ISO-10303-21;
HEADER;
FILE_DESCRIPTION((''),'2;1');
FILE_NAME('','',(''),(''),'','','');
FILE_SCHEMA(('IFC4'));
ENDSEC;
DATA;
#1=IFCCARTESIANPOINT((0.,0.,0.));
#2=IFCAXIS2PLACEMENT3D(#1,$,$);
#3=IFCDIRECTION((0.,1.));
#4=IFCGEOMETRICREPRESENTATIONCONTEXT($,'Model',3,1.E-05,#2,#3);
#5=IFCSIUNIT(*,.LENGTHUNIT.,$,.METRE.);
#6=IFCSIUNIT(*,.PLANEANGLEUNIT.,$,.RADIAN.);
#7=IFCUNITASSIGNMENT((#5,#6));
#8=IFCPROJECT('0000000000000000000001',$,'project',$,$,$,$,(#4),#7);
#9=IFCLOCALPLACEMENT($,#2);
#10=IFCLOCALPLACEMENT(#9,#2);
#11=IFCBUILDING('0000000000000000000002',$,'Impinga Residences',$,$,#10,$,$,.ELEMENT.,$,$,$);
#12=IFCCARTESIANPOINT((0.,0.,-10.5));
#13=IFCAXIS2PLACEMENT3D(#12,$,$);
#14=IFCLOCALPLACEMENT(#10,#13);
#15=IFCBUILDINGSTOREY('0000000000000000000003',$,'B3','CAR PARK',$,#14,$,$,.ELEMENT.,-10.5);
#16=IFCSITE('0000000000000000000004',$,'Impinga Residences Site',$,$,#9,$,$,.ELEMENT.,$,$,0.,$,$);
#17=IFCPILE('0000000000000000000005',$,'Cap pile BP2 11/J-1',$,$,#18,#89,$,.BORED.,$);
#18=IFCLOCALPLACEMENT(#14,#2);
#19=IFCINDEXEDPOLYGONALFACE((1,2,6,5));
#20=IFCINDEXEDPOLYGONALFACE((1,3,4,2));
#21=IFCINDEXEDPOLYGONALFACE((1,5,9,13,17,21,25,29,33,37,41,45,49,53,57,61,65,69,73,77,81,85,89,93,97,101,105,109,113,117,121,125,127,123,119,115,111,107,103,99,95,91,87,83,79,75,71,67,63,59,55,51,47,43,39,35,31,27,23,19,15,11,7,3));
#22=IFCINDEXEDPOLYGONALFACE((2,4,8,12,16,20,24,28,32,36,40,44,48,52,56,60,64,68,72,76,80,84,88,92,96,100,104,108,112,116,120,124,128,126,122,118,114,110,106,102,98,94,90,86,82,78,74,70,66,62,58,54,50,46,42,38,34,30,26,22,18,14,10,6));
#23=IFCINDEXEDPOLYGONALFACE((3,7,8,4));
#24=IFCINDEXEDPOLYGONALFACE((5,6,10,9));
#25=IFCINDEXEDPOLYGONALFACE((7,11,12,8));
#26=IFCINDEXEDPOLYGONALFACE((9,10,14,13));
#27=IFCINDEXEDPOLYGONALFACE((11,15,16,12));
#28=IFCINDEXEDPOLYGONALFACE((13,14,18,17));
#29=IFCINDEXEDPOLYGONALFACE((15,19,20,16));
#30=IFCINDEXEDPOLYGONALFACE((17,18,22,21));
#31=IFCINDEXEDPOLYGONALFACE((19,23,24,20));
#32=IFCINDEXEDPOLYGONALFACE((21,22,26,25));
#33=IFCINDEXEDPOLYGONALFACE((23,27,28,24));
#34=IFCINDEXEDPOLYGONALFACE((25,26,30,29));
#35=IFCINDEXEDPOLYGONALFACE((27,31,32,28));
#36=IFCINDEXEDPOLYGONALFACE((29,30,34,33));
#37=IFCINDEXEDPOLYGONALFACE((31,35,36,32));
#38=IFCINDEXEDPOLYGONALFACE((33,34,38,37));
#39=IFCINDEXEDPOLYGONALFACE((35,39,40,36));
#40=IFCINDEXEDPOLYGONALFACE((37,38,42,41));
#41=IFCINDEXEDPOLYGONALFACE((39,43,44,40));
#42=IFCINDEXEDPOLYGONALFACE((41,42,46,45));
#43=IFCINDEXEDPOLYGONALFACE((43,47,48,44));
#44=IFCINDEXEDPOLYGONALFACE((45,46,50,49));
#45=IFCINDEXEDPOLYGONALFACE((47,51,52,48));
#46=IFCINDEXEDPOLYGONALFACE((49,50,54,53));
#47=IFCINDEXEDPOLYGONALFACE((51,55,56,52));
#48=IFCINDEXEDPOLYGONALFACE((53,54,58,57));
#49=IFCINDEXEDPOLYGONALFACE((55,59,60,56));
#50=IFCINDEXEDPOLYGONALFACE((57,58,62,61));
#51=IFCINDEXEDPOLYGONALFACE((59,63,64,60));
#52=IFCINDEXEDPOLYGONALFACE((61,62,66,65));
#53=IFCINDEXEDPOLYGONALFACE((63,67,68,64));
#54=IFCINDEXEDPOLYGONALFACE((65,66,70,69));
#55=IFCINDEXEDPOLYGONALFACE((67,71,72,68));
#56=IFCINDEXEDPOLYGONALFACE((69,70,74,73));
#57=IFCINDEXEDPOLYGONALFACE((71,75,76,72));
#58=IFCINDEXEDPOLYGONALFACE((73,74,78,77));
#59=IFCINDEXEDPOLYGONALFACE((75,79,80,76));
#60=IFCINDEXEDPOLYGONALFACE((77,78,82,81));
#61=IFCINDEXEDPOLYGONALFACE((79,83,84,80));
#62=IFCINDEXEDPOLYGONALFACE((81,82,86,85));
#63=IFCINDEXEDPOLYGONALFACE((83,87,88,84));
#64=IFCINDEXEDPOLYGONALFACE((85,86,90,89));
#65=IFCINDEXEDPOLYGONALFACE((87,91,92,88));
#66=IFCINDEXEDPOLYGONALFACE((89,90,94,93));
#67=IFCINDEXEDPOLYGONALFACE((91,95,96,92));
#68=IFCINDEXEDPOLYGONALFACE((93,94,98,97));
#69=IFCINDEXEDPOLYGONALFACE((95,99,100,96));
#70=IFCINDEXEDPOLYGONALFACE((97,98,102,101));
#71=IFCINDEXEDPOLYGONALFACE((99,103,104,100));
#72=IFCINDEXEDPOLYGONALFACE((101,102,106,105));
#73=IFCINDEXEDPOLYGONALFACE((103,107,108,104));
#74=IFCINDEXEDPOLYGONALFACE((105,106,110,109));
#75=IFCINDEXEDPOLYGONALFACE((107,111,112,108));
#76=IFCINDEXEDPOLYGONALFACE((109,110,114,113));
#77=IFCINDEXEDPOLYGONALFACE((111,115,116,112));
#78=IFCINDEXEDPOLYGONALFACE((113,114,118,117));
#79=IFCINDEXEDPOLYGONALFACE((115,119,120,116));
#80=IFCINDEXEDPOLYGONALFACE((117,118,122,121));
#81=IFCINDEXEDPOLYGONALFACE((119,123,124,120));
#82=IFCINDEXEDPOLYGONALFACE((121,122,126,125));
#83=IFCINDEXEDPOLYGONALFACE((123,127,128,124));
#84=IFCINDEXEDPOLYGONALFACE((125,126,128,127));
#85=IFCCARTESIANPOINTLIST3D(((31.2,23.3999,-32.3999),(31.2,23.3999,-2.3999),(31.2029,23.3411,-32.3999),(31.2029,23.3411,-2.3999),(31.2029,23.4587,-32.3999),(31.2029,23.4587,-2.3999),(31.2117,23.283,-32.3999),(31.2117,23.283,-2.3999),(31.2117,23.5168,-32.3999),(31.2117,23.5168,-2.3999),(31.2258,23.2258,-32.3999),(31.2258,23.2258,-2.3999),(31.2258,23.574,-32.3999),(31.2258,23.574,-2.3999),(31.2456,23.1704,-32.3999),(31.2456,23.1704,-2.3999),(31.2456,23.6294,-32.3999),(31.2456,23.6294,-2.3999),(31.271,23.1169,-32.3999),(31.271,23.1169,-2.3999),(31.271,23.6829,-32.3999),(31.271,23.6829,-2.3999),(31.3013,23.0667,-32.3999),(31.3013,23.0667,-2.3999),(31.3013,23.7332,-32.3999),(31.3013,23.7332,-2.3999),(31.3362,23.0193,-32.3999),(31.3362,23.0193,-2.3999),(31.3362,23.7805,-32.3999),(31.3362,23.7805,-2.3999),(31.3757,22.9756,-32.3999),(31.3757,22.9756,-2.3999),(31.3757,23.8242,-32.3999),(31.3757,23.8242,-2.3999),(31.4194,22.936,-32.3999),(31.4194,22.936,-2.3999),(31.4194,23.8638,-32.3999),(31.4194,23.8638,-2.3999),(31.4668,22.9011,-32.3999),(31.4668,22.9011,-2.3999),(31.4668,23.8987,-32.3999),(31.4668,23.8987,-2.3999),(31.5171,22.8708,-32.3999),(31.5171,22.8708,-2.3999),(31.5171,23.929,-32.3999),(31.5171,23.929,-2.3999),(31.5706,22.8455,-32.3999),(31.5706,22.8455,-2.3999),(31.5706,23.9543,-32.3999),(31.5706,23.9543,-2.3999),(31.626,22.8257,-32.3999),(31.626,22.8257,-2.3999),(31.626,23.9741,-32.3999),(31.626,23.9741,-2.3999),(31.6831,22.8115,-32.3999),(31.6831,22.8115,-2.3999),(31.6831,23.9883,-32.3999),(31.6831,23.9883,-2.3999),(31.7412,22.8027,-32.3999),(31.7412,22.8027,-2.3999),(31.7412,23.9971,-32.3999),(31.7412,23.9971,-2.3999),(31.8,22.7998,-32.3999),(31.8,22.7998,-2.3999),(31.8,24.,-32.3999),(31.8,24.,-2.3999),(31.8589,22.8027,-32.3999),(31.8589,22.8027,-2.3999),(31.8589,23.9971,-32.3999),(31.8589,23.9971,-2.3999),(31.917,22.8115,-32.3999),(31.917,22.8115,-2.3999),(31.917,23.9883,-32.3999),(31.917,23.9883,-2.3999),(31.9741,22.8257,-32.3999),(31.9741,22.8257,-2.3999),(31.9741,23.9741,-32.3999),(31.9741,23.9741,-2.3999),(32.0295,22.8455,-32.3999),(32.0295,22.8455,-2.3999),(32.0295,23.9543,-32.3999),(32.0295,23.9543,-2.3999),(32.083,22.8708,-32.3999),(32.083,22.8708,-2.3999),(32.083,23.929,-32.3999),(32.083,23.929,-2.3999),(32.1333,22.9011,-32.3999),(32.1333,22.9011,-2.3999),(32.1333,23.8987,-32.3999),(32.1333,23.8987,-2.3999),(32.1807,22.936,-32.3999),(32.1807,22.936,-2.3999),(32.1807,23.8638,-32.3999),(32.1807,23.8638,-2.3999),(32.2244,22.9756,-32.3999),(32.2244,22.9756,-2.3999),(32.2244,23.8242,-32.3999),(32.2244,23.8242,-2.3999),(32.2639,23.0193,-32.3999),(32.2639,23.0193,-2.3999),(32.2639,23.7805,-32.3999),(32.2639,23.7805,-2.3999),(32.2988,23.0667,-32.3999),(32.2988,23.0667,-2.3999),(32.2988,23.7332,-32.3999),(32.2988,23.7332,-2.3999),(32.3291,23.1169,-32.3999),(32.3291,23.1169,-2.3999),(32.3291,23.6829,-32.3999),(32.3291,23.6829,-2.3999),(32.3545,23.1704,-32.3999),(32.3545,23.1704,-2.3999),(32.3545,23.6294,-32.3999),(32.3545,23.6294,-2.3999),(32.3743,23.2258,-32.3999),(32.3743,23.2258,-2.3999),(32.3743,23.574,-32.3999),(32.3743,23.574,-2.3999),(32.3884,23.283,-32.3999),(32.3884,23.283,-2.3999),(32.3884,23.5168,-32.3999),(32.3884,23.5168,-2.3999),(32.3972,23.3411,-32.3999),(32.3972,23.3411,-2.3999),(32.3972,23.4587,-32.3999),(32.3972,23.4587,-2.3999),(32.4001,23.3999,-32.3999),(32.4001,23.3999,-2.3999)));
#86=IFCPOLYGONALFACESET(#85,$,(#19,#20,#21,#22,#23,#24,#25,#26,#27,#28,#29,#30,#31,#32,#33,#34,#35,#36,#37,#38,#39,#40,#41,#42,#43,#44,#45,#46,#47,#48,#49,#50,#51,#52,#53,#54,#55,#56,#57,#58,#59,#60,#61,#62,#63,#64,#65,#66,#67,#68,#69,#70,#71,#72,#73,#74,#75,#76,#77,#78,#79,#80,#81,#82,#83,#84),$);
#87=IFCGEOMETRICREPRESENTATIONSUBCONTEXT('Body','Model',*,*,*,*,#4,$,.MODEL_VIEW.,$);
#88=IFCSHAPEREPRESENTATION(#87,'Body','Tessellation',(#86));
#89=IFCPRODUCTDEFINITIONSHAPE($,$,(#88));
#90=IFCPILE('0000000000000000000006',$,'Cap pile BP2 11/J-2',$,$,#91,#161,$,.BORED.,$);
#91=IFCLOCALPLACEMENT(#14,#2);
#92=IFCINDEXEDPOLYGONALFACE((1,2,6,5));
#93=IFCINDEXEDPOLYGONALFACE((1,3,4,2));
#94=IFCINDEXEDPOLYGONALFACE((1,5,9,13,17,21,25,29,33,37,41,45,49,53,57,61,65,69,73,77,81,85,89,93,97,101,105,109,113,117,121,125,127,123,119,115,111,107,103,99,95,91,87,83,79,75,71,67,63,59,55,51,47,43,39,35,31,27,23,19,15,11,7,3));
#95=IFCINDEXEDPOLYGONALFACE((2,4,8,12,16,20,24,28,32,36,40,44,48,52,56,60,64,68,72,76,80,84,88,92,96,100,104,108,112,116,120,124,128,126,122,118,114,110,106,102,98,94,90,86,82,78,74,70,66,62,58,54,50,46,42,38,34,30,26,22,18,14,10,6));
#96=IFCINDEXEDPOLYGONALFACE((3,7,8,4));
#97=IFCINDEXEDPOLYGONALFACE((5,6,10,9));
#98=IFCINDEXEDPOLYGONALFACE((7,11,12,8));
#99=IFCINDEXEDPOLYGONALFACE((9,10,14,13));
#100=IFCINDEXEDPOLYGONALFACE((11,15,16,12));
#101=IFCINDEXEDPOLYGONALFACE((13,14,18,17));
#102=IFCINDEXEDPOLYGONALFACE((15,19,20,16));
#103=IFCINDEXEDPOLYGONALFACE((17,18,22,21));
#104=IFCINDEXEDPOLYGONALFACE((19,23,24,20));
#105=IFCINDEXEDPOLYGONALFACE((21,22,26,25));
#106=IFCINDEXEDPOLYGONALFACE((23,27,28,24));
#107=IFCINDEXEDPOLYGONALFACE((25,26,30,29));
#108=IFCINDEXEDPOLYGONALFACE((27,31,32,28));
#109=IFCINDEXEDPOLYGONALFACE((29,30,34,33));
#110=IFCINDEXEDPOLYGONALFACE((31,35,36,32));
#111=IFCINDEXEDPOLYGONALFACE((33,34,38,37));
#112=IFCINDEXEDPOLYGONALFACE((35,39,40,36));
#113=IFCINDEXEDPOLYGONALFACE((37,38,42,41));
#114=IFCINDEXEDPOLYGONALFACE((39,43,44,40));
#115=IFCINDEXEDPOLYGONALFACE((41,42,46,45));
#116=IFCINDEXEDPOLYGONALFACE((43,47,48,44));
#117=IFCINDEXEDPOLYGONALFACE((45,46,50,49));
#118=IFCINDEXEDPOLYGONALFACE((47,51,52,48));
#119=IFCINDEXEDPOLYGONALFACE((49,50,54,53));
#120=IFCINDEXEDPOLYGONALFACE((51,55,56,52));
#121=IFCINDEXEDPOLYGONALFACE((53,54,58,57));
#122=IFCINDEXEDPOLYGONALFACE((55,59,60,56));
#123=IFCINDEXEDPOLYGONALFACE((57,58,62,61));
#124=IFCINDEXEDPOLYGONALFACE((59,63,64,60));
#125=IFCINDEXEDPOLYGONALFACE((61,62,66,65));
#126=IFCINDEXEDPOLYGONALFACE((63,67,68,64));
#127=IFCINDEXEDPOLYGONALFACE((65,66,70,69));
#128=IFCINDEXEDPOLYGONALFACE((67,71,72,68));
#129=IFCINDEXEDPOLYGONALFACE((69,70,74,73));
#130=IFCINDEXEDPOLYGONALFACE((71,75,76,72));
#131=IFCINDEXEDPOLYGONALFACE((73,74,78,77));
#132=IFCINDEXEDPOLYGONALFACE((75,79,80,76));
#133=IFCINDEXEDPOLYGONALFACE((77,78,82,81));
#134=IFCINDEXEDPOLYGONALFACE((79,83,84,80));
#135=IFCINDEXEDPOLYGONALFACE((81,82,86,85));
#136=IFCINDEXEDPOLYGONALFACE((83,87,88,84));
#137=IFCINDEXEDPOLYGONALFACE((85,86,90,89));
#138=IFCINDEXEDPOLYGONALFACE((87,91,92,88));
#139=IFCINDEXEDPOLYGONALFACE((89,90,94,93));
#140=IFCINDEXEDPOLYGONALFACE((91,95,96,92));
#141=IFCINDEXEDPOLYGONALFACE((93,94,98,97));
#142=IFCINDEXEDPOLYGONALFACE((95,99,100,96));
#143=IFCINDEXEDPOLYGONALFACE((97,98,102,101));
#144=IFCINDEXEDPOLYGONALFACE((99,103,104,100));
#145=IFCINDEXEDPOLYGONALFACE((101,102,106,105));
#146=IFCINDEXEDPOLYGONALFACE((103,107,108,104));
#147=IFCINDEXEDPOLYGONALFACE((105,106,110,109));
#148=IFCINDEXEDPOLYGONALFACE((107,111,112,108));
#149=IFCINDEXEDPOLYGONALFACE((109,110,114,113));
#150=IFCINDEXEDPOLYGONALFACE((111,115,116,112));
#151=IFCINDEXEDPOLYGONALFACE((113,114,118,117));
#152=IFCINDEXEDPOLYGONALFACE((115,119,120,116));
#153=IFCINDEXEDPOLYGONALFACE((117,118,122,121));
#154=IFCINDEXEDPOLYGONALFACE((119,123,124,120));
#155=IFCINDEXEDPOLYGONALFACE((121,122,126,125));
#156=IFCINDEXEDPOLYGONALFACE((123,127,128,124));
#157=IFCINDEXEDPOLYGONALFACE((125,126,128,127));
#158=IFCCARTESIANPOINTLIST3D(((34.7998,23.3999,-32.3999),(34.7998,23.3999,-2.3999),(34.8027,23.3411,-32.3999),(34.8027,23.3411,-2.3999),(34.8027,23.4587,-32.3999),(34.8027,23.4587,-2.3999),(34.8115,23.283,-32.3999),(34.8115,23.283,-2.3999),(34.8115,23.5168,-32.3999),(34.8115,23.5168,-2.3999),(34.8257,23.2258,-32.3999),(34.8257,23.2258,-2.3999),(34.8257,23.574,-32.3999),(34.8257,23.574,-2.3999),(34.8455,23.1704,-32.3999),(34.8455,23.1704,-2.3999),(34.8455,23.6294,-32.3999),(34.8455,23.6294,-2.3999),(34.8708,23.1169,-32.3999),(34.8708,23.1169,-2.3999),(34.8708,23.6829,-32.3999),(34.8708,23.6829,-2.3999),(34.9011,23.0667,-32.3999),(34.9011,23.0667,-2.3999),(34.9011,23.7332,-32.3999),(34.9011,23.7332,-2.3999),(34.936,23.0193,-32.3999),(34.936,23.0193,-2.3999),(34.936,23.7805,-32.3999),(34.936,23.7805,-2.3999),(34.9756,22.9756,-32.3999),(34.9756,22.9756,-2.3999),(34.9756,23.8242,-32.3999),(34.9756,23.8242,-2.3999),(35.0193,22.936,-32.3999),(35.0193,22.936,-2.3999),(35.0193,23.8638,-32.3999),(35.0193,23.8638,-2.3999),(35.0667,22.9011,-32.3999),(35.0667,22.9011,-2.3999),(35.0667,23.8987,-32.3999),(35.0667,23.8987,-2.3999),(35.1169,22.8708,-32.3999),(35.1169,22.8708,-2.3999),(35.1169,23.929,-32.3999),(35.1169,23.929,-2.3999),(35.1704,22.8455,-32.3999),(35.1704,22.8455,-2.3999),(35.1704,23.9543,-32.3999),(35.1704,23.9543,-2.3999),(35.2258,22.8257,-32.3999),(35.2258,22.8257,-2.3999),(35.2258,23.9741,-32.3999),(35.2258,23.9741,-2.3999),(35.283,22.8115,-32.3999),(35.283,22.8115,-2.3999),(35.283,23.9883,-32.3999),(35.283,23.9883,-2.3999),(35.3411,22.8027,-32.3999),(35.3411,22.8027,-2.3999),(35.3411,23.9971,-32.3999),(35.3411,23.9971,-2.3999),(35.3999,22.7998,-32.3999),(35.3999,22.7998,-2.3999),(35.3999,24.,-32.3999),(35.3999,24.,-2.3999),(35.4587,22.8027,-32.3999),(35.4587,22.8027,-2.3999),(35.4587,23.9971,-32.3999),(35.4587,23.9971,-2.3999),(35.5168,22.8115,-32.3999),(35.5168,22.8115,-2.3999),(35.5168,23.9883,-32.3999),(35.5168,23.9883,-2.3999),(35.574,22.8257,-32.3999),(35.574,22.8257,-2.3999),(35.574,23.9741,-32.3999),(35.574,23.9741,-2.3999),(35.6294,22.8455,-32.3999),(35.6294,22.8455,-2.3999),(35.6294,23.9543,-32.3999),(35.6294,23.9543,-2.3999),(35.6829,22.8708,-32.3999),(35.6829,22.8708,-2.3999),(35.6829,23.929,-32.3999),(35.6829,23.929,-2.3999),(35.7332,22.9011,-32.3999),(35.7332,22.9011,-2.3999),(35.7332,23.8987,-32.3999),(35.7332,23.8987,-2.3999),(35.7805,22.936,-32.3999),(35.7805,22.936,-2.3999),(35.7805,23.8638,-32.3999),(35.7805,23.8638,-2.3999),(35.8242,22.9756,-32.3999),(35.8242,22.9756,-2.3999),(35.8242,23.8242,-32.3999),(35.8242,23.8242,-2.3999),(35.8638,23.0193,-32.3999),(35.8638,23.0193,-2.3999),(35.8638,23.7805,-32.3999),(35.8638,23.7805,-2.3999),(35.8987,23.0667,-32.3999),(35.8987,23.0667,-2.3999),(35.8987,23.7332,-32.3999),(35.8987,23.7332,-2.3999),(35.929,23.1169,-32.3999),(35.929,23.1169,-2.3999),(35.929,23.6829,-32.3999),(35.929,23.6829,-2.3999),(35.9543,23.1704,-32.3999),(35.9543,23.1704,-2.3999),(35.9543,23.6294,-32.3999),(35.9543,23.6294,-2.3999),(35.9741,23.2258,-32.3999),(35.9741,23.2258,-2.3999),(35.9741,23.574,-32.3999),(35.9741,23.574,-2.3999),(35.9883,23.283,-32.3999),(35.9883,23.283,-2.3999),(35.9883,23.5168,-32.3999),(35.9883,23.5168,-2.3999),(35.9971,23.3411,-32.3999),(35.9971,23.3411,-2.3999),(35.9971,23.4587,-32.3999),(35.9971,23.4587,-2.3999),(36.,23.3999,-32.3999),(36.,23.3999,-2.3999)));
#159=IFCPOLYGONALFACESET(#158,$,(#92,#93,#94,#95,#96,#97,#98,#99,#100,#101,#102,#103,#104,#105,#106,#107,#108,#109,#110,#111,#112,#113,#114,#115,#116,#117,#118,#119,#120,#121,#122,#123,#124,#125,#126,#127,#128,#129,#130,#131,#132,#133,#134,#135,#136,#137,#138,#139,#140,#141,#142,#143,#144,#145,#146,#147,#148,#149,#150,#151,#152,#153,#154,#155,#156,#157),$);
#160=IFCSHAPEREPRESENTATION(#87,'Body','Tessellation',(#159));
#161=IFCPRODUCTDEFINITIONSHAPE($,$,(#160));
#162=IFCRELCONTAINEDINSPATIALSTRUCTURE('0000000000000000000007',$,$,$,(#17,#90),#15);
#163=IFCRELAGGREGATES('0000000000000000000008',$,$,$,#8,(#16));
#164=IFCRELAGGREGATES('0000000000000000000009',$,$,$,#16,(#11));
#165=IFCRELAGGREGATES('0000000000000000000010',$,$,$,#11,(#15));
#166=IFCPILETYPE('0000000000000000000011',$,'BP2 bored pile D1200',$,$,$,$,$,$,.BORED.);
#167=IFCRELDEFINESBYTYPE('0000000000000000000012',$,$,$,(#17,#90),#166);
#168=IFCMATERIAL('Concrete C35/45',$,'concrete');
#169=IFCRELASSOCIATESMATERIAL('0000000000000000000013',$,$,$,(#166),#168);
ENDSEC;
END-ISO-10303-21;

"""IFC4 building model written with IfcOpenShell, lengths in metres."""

from ifc_helpers import new_model, si_unit, direction, frame, origin, origin_2d, place, context, subcontext, project, spatial, polyline, circle, outline, extrude, material, material_profile, profile_set, type_object, element, save


model = new_model("IFC4")

# Units and contexts
model_context = context("Model", 3, precision=1e-05, world=origin(), true_north=direction((0.0, 1.0)))
body_context = subcontext(model_context, "Body", "Model", "MODEL_VIEW")
ifc_project = project(units=[si_unit("LENGTHUNIT", "METRE"), si_unit("PLANEANGLEUNIT", "RADIAN")], contexts=[model_context])

# Site, building, storey
site_placement = place(None, origin())
site = spatial("IfcSite", under=ifc_project, at=site_placement, Name="Impinga Residences Site", CompositionType="ELEMENT", RefElevation=0.0)
building_placement = place(site_placement, origin())
building = spatial("IfcBuilding", under=site, at=building_placement, Name="Impinga Residences", CompositionType="ELEMENT")
storey_placement = place(building_placement, frame((0.0, 0.0, -10.5)))
storey = spatial("IfcBuildingStorey", under=building, at=storey_placement, Name="B3", Description="CAR PARK", CompositionType="ELEMENT", Elevation=-10.5)

# Piles
ifc_material_1 = material(Name="Concrete C35/45", Category="concrete")
ifc_material_profile_1 = material_profile(ifc_material_1, circle(Radius=0.6001, at=origin_2d()), Name="D1200")
ifc_profile_set_1 = profile_set([ifc_material_profile_1], Name="Concrete C35/45")
pile_type = type_object("IfcPileType", Name="BP2 bored pile D1200", PredefinedType="BORED", material=ifc_profile_set_1)
pile_1_placement = place(storey_placement, frame((31.8, 23.3999, -2.3999), z_axis=(0.0, 0.0, -1.0), x_axis=(1.0, 0.0, 0.0)))
element("IfcPile", 1, at=pile_1_placement, inside=storey, type_object=pile_type, Name="Cap pile BP2 11/J-1", PredefinedType="BORED", context=body_context, shape_type="SweptSolid", body=[
    extrude(outline(polyline([(0.6001, 0.0), (0.5972, 0.0588), (0.5884, 0.1169), (0.5742, 0.1741), (0.5544, 0.2295), (0.5291, 0.283), (0.4988, 0.3333), (0.4639, 0.3806), (0.4243, 0.4243), (0.3806, 0.4639), (0.3333, 0.4988), (0.283, 0.5291), (0.2295, 0.5544), (0.1741, 0.5742), (0.1169, 0.5884), (0.0588, 0.5972), (0.0, 0.6001), (-0.0588, 0.5972), (-0.1169, 0.5884), (-0.1741, 0.5742), (-0.2295, 0.5544), (-0.283, 0.5291), (-0.3333, 0.4988), (-0.3806, 0.4639), (-0.4243, 0.4243), (-0.4639, 0.3806), (-0.4988, 0.3333), (-0.5291, 0.283), (-0.5544, 0.2295), (-0.5742, 0.1741), (-0.5884, 0.1169), (-0.5972, 0.0588), (-0.6001, 0.0), (-0.5972, -0.0588), (-0.5884, -0.1169), (-0.5742, -0.1741), (-0.5544, -0.2295), (-0.5291, -0.283), (-0.4988, -0.3333), (-0.4639, -0.3806), (-0.4243, -0.4243), (-0.3806, -0.4639), (-0.3333, -0.4988), (-0.283, -0.5291), (-0.2295, -0.5544), (-0.1741, -0.5742), (-0.1169, -0.5884), (-0.0588, -0.5972), (0.0, -0.6001), (0.0588, -0.5972), (0.1169, -0.5884), (0.1741, -0.5742), (0.2295, -0.5544), (0.283, -0.5291), (0.3333, -0.4988), (0.3806, -0.4639), (0.4243, -0.4243), (0.4639, -0.3806), (0.4988, -0.3333), (0.5291, -0.283), (0.5544, -0.2295), (0.5742, -0.1741), (0.5884, -0.1169), (0.5972, -0.0588), (0.6001, 0.0)])), origin(), (0.0, 0.0, 1.0), 30.0),
])
pile_2_placement = place(storey_placement, frame((35.3999, 23.3999, -2.3999), z_axis=(0.0, 0.0, -1.0), x_axis=(1.0, 0.0, 0.0)))
element("IfcPile", 2, at=pile_2_placement, inside=storey, type_object=pile_type, Name="Cap pile BP2 11/J-2", PredefinedType="BORED", context=body_context, shape_type="SweptSolid", body=[
    extrude(outline(polyline([(0.6001, 0.0), (0.5972, 0.0588), (0.5884, 0.1169), (0.5742, 0.1741), (0.5544, 0.2295), (0.5291, 0.283), (0.4988, 0.3333), (0.4639, 0.3806), (0.4243, 0.4243), (0.3806, 0.4639), (0.3333, 0.4988), (0.283, 0.5291), (0.2295, 0.5544), (0.1741, 0.5742), (0.1169, 0.5884), (0.0588, 0.5972), (0.0, 0.6001), (-0.0588, 0.5972), (-0.1169, 0.5884), (-0.1741, 0.5742), (-0.2295, 0.5544), (-0.283, 0.5291), (-0.3333, 0.4988), (-0.3806, 0.4639), (-0.4243, 0.4243), (-0.4639, 0.3806), (-0.4988, 0.3333), (-0.5291, 0.283), (-0.5544, 0.2295), (-0.5742, 0.1741), (-0.5884, 0.1169), (-0.5972, 0.0588), (-0.6001, 0.0), (-0.5972, -0.0588), (-0.5884, -0.1169), (-0.5742, -0.1741), (-0.5544, -0.2295), (-0.5291, -0.283), (-0.4988, -0.3333), (-0.4639, -0.3806), (-0.4243, -0.4243), (-0.3806, -0.4639), (-0.3333, -0.4988), (-0.283, -0.5291), (-0.2295, -0.5544), (-0.1741, -0.5742), (-0.1169, -0.5884), (-0.0588, -0.5972), (0.0, -0.6001), (0.0588, -0.5972), (0.1169, -0.5884), (0.1741, -0.5742), (0.2295, -0.5544), (0.283, -0.5291), (0.3333, -0.4988), (0.3806, -0.4639), (0.4243, -0.4243), (0.4639, -0.3806), (0.4988, -0.3333), (0.5291, -0.283), (0.5544, -0.2295), (0.5742, -0.1741), (0.5884, -0.1169), (0.5972, -0.0588), (0.6001, 0.0)])), origin(), (0.0, 0.0, 1.0), 30.0),
])

save(model, "model.ifc")
